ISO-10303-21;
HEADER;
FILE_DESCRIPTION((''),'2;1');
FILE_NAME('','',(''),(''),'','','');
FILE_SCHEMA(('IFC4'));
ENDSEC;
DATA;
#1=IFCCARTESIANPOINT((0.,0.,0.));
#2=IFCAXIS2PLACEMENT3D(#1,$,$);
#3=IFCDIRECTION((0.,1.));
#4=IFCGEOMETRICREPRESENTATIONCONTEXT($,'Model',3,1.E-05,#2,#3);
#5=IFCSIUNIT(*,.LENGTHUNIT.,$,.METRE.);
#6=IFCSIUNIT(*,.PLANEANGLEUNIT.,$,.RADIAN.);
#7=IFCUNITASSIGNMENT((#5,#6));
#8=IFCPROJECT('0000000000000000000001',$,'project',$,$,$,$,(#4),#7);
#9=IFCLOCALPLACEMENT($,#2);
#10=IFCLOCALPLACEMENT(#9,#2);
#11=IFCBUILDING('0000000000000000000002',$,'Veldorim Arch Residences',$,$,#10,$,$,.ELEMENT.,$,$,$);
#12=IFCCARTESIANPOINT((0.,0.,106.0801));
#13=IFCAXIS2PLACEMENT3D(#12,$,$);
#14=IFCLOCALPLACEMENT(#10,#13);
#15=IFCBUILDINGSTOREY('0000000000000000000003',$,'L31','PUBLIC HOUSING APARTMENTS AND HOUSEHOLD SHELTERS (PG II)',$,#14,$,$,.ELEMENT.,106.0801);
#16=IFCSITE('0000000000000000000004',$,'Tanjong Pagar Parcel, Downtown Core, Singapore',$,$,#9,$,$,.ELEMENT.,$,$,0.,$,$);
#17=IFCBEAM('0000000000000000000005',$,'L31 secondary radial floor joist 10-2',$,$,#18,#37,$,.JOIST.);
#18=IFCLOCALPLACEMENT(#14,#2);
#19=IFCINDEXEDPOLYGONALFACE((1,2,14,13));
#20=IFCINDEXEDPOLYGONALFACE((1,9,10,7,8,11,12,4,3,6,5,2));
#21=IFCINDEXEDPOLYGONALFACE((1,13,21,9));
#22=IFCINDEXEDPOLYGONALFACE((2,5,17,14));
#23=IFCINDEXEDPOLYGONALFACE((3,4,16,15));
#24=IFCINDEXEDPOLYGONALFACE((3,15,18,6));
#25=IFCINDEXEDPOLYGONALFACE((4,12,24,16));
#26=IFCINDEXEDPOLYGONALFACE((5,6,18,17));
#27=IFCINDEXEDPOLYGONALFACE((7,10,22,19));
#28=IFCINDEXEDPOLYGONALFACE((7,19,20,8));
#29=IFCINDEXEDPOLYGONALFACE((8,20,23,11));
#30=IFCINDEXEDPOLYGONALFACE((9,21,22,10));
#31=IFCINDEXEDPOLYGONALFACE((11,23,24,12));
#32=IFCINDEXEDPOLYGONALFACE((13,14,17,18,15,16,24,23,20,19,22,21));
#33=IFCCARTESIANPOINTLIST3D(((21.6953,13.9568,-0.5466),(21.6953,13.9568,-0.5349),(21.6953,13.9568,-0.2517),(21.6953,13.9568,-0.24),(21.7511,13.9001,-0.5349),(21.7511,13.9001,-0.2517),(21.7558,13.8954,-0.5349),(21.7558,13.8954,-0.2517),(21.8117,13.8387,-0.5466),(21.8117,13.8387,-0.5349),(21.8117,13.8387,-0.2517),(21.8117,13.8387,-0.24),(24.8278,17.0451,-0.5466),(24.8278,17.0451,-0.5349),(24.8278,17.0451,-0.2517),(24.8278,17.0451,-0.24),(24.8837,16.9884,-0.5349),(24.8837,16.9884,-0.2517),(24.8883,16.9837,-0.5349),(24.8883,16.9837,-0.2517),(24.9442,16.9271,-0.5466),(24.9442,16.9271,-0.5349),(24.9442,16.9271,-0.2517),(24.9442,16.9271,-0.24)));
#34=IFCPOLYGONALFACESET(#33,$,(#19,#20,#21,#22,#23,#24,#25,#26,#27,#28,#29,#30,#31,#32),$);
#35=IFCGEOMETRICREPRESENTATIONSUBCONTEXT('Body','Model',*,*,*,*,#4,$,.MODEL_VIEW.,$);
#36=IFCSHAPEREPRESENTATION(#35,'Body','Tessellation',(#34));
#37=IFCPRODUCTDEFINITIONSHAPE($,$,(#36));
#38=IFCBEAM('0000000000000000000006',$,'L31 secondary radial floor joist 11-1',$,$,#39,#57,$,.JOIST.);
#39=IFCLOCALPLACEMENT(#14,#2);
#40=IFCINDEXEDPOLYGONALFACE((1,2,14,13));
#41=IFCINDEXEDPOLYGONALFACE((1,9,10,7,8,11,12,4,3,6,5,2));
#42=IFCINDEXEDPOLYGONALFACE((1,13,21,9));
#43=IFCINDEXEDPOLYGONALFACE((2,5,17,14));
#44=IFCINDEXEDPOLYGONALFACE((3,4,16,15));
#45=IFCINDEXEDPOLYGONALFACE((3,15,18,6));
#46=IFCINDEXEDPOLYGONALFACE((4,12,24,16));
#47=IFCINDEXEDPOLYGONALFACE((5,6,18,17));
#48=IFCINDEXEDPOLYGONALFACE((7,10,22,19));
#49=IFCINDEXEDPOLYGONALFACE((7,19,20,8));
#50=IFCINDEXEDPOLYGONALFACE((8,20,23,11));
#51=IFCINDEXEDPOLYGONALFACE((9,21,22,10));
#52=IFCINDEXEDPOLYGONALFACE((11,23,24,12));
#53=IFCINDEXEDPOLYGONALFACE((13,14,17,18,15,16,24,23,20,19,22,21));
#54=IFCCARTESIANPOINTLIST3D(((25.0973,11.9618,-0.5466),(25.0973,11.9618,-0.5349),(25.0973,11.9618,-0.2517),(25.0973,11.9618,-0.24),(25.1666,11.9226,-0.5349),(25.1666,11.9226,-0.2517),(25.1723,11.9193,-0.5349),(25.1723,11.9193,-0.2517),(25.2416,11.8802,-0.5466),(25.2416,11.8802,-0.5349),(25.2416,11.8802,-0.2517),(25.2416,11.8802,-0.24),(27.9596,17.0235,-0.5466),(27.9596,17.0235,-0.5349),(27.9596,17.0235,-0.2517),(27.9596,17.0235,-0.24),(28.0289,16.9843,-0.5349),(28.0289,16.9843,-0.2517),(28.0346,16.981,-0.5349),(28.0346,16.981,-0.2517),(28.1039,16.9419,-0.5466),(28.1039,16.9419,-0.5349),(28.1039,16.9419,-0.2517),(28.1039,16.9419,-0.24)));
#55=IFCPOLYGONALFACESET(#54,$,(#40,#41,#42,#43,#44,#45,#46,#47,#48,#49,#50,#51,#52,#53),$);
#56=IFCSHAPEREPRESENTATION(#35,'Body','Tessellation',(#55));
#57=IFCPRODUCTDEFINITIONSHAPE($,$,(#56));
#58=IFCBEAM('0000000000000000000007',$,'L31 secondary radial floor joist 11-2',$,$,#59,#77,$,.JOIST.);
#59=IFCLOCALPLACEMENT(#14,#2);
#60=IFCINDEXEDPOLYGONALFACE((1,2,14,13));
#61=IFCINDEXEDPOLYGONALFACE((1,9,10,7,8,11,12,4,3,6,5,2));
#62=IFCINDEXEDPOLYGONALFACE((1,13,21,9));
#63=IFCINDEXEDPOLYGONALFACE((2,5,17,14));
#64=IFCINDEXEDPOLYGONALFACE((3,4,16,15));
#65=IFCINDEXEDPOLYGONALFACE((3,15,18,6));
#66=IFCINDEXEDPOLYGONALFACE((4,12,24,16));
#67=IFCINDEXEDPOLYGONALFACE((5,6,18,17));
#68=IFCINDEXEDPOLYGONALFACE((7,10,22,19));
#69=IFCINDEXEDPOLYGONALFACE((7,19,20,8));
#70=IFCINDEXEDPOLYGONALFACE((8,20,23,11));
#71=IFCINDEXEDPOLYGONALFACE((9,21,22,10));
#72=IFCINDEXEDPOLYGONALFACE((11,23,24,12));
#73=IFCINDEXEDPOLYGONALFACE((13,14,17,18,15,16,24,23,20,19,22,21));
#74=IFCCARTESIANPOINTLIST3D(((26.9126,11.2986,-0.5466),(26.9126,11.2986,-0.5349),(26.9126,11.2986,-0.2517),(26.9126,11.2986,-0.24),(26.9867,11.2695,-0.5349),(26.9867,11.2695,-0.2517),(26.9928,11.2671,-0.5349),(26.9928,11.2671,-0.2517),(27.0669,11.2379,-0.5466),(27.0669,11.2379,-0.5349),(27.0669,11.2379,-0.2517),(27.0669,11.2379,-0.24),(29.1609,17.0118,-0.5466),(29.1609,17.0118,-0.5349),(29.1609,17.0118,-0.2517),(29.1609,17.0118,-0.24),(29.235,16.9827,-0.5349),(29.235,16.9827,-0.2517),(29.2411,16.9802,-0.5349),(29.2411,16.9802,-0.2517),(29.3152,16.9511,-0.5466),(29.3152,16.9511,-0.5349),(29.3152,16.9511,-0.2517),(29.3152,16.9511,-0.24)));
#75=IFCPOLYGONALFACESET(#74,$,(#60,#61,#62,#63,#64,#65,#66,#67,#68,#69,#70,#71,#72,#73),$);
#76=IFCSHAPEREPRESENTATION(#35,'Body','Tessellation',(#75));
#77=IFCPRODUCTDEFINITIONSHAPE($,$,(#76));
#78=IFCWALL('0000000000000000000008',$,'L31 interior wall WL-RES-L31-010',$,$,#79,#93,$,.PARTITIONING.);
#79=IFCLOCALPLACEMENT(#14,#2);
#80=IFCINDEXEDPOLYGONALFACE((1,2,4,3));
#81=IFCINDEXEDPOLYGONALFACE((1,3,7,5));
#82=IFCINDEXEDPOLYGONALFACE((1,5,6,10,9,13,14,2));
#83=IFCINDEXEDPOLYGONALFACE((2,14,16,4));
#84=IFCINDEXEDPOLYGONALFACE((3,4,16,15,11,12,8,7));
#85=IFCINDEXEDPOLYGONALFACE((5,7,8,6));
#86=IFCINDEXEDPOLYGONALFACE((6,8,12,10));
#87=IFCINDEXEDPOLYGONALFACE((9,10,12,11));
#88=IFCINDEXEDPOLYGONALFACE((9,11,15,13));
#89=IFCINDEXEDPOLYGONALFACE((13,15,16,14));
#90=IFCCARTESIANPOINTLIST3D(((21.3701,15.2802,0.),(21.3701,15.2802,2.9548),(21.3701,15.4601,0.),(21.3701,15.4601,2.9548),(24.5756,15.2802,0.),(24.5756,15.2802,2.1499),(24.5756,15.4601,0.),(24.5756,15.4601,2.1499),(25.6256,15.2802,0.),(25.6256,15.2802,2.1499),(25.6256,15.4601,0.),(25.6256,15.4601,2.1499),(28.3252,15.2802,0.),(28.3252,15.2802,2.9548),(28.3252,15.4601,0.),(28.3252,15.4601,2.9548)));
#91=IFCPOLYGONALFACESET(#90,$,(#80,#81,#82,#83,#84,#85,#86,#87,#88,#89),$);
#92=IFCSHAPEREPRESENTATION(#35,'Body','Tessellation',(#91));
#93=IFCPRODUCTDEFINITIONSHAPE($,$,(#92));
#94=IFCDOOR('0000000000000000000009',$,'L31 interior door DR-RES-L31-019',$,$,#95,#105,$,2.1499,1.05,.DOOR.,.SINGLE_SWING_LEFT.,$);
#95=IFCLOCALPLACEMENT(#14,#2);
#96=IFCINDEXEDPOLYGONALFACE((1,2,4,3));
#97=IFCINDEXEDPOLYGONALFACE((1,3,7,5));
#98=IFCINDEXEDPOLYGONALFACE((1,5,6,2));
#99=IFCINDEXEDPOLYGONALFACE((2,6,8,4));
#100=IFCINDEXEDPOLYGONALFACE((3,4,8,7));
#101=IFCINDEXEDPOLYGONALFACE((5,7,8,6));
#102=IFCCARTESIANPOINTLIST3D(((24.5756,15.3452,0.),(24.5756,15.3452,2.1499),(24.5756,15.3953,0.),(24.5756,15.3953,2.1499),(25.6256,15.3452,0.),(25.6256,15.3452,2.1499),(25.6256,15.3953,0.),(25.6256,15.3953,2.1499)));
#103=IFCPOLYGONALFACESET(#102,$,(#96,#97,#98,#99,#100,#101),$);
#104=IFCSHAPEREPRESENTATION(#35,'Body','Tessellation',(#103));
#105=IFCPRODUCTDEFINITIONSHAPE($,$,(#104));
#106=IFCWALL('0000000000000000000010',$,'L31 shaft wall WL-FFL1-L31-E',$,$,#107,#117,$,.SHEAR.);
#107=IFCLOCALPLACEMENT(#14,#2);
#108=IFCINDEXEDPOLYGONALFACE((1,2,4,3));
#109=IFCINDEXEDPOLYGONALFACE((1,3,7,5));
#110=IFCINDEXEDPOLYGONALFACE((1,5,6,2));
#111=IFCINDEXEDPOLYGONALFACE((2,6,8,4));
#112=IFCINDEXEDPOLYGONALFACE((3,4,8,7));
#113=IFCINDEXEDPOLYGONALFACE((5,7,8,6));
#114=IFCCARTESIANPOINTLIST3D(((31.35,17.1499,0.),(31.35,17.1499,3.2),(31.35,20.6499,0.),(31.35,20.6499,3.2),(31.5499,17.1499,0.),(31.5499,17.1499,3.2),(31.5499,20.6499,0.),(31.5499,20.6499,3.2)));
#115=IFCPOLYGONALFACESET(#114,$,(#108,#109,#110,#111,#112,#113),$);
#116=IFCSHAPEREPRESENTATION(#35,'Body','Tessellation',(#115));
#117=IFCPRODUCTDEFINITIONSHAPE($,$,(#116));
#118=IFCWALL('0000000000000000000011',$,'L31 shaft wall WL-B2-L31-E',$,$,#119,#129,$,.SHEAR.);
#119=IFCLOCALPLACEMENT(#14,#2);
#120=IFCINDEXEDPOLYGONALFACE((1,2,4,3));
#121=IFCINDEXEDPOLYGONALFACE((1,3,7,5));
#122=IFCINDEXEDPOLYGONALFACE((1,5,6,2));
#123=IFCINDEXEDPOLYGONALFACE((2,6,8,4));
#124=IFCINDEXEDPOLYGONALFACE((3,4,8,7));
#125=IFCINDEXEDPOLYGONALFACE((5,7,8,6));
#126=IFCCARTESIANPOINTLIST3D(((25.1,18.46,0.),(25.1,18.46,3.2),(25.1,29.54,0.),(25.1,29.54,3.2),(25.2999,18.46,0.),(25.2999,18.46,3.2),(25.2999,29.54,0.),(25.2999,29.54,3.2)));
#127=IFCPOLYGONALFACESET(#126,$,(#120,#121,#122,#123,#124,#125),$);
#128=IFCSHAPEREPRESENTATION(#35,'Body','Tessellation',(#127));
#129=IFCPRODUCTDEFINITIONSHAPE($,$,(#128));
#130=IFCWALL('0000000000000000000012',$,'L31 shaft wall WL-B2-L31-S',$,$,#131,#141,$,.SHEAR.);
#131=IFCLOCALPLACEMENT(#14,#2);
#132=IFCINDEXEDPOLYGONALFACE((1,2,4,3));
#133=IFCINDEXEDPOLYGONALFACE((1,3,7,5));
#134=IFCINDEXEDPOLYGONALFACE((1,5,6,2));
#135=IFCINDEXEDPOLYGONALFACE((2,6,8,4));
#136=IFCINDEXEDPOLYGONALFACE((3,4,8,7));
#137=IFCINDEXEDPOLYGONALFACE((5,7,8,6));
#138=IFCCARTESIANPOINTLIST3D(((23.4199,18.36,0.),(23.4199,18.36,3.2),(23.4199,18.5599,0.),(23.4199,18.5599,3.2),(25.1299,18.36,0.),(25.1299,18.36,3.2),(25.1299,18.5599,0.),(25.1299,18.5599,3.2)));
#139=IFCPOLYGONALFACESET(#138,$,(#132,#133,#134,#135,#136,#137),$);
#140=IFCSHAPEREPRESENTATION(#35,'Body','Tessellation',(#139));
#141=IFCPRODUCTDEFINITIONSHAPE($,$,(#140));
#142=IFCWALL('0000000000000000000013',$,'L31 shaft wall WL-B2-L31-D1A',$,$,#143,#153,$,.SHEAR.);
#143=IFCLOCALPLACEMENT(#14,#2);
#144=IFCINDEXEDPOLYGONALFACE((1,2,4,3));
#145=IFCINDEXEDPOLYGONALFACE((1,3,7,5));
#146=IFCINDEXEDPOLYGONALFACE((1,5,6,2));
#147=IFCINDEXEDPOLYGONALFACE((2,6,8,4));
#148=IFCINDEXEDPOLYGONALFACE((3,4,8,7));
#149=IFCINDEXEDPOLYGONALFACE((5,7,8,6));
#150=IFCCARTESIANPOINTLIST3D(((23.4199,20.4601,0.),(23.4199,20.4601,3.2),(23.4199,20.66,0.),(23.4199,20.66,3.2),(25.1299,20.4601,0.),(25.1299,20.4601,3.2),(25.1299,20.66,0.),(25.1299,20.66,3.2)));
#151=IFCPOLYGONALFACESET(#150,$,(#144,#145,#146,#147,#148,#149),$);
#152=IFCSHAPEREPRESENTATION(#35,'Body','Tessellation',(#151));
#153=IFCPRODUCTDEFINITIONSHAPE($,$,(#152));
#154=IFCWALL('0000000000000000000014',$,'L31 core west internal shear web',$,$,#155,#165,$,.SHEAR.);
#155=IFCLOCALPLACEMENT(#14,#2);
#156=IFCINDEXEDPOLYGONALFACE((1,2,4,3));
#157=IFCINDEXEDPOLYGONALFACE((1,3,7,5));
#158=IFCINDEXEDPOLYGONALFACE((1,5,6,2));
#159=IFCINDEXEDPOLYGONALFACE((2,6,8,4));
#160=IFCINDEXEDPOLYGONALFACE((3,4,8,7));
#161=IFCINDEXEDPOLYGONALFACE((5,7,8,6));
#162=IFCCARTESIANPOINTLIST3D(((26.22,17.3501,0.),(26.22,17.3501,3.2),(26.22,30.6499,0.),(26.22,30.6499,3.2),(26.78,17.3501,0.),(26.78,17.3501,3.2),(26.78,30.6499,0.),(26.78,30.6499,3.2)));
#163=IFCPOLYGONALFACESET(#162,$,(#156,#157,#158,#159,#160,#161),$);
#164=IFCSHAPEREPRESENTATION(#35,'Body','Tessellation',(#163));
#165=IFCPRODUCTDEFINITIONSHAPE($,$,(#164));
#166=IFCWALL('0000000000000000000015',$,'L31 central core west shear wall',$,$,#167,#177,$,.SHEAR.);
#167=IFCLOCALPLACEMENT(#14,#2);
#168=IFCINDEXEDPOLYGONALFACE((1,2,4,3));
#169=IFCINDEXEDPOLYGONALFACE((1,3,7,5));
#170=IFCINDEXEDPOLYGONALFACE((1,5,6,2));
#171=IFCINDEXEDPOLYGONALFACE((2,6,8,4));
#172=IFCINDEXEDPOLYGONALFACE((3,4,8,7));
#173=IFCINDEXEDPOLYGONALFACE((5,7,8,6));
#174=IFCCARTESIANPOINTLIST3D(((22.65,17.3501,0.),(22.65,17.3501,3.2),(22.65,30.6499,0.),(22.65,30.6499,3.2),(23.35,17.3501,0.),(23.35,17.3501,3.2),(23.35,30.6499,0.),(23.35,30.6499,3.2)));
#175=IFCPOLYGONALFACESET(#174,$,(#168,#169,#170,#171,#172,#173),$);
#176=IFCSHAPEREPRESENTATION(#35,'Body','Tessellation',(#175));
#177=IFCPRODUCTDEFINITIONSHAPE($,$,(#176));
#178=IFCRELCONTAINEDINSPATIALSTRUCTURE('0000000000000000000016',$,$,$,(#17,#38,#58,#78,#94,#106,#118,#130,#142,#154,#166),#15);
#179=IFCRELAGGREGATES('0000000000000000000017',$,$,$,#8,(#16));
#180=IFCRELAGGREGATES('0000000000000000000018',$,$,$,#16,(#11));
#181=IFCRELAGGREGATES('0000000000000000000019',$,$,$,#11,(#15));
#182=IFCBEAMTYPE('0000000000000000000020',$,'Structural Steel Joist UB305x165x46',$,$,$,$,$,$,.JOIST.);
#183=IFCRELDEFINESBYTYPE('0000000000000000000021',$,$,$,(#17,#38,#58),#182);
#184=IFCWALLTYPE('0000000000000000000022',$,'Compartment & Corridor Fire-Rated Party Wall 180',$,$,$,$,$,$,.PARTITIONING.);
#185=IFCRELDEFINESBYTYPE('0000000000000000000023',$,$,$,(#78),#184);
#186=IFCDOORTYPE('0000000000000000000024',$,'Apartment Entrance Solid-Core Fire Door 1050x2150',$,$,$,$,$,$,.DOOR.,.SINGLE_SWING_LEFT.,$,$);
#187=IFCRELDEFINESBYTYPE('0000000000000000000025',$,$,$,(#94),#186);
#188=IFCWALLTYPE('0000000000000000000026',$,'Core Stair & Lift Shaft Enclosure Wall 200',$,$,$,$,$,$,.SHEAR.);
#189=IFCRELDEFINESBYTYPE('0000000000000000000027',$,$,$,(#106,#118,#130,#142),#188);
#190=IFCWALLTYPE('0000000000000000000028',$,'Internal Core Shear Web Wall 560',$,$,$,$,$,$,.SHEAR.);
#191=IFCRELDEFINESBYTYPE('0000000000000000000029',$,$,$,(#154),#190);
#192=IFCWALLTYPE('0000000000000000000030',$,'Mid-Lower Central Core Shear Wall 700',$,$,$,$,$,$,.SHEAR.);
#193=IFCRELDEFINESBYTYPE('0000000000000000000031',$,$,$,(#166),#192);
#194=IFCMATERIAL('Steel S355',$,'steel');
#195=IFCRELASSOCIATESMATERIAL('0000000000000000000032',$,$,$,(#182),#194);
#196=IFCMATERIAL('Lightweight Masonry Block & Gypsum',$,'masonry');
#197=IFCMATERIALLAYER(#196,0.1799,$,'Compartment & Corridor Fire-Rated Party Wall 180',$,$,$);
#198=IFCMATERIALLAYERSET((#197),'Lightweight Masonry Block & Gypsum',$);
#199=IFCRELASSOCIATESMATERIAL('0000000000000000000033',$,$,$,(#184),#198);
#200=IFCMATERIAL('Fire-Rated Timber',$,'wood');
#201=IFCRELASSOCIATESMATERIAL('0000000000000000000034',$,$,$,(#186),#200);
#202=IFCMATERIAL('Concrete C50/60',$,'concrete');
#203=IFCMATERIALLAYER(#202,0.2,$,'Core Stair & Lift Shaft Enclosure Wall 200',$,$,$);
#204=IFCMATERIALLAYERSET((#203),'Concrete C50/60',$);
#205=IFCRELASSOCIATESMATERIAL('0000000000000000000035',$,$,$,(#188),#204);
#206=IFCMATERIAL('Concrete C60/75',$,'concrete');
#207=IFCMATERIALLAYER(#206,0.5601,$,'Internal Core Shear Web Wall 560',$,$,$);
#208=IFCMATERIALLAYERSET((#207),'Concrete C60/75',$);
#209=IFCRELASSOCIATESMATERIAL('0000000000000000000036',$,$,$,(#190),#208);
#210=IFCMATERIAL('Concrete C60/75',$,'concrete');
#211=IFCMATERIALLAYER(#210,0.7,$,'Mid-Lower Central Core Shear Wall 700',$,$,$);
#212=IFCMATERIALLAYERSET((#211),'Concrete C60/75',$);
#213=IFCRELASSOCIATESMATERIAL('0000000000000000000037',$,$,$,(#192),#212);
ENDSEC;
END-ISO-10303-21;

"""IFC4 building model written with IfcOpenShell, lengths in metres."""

from ifc_helpers import new_model, si_unit, direction, frame, frame_2d, origin, origin_2d, place, context, subcontext, project, spatial, rectangle, i_section, extrude, material, layer, layer_set, material_profile, profile_set, type_object, element, fill, save


model = new_model("IFC4")

# Units and contexts
model_context = context("Model", 3, precision=1e-05, world=origin(), true_north=direction((0.0, 1.0)))
body_context = subcontext(model_context, "Body", "Model", "MODEL_VIEW")
ifc_project = project(units=[si_unit("LENGTHUNIT", "METRE"), si_unit("PLANEANGLEUNIT", "RADIAN")], contexts=[model_context])

# Site, building, storey
site_placement = place(None, origin())
site = spatial("IfcSite", under=ifc_project, at=site_placement, Name="Tanjong Pagar Parcel, Downtown Core, Singapore", CompositionType="ELEMENT", RefElevation=0.0)
building_placement = place(site_placement, origin())
building = spatial("IfcBuilding", under=site, at=building_placement, Name="Veldorim Arch Residences", CompositionType="ELEMENT")
storey_placement = place(building_placement, frame((0.0, 0.0, 106.0801)))
storey = spatial("IfcBuildingStorey", under=building, at=storey_placement, Name="L31", Description="PUBLIC HOUSING APARTMENTS AND HOUSEHOLD SHELTERS (PG II)", CompositionType="ELEMENT", Elevation=106.0801)

# Beams
ifc_material_1 = material(Name="Steel S355", Category="steel")
ifc_material_profile_1 = material_profile(ifc_material_1, i_section(OverallWidth=0.1658, OverallDepth=0.3066, WebThickness=0.0066, FlangeThickness=0.0117, at=origin_2d()), Name="UB305x165x46")
ifc_profile_set_1 = profile_set([ifc_material_profile_1], Name="Steel S355")
beam_type_1 = type_object("IfcBeamType", Name="Structural Steel Joist UB305x165x46", PredefinedType="JOIST", material=ifc_profile_set_1)
beam_1_placement = place(storey_placement, frame((24.886, 16.9861, -0.3933), z_axis=(-0.712112, -0.702066, 0.0), x_axis=(0.702066, -0.712112, 0.0)))
element("IfcBeam", 1, at=beam_1_placement, inside=storey, type_object=beam_type_1, Name="L31 secondary radial floor joist 10-2", PredefinedType="JOIST", context=body_context, shape_type="SweptSolid", body=[
    extrude(i_section(OverallWidth=0.1658, OverallDepth=0.3066, WebThickness=0.0066, FlangeThickness=0.0117, at=origin_2d()), origin(), (0.0, 0.0, 1.0), 4.3989),
])
beam_2_placement = place(storey_placement, frame((28.0317, 16.9827, -0.3933), z_axis=(-0.492227, -0.870467, 0.0), x_axis=(0.870467, -0.492227, 0.0)))
element("IfcBeam", 2, at=beam_2_placement, inside=storey, type_object=beam_type_1, Name="L31 secondary radial floor joist 11-1", PredefinedType="JOIST", context=body_context, shape_type="SweptSolid", body=[
    extrude(i_section(OverallWidth=0.1658, OverallDepth=0.3066, WebThickness=0.0066, FlangeThickness=0.0117, at=origin_2d()), origin(), (0.0, 0.0, 1.0), 5.8149),
])
beam_3_placement = place(storey_placement, frame((29.238, 16.9814, -0.3933), z_axis=(-0.366195, -0.930538, 0.0), x_axis=(0.930538, -0.366195, 0.0)))
element("IfcBeam", 3, at=beam_3_placement, inside=storey, type_object=beam_type_1, Name="L31 secondary radial floor joist 11-2", PredefinedType="JOIST", context=body_context, shape_type="SweptSolid", body=[
    extrude(i_section(OverallWidth=0.1658, OverallDepth=0.3066, WebThickness=0.0066, FlangeThickness=0.0117, at=origin_2d()), origin(), (0.0, 0.0, 1.0), 6.1396),
])

# Wall, opening, door
ifc_material_2 = material(Name="Lightweight Masonry Block & Gypsum", Category="masonry")
ifc_layer_1 = layer(ifc_material_2, 0.1799, Name="Compartment & Corridor Fire-Rated Party Wall 180")
ifc_layer_set_1 = layer_set([ifc_layer_1], Name="Lightweight Masonry Block & Gypsum")
wall_type_1 = type_object("IfcWallType", Name="Compartment & Corridor Fire-Rated Party Wall 180", PredefinedType="PARTITIONING", material=ifc_layer_set_1)
wall_1_placement = place(storey_placement, frame((28.3252, 15.3701, 0.0), z_axis=(0.0, 0.0, 1.0), x_axis=(-1.0, 0.0, 0.0)))
wall_1 = element("IfcWall", 4, at=wall_1_placement, inside=storey, type_object=wall_type_1, Name="L31 interior wall WL-RES-L31-010", PredefinedType="PARTITIONING", context=body_context, shape_type="SweptSolid", body=[
    extrude(rectangle(XDim=6.9551, YDim=0.1799, at=frame_2d((3.4775, 0.0))), origin(), (0.0, 0.0, 1.0), 2.9548),
])
opening_1_placement = place(wall_1_placement, frame((2.6997, 0.0, 0.0)))
opening_1 = element("IfcOpeningElement", 5, at=opening_1_placement, cuts=wall_1, PredefinedType="OPENING", context=body_context, shape_type="SweptSolid", body=[
    extrude(rectangle(XDim=1.05, YDim=2.1499, at=frame_2d((0.5249, 1.075))), frame((0.0, 0.0999, 0.0), z_axis=(0.0, -1.0, 0.0), x_axis=(1.0, 0.0, 0.0)), (0.0, 0.0, 1.0), 0.2),
])
ifc_material_3 = material(Name="Fire-Rated Timber", Category="wood")
door_type_1 = type_object("IfcDoorType", Name="Apartment Entrance Solid-Core Fire Door 1050x2150", OperationType="SINGLE_SWING_LEFT", PredefinedType="DOOR", material=ifc_material_3)
door_1_placement = place(opening_1_placement, origin())
door_1 = element("IfcDoor", 6, at=door_1_placement, inside=storey, type_object=door_type_1, Name="L31 interior door DR-RES-L31-019", OperationType="SINGLE_SWING_LEFT", OverallHeight=2.1499, OverallWidth=1.05, PredefinedType="DOOR", context=body_context, shape_type="SweptSolid", body=[
    extrude(rectangle(XDim=1.05, YDim=2.1499, at=frame_2d((0.5249, 1.075))), frame((0.0, 0.0249, 0.0), z_axis=(0.0, -1.0, 0.0), x_axis=(1.0, 0.0, 0.0)), (0.0, 0.0, 1.0), 0.05),
])
fill(opening_1, door_1)
ifc_material_4 = material(Name="Concrete C50/60", Category="concrete")
ifc_layer_2 = layer(ifc_material_4, 0.2, Name="Core Stair & Lift Shaft Enclosure Wall 200")
ifc_layer_set_2 = layer_set([ifc_layer_2], Name="Concrete C50/60")
wall_type_2 = type_object("IfcWallType", Name="Core Stair & Lift Shaft Enclosure Wall 200", PredefinedType="SHEAR", material=ifc_layer_set_2)

# Wall
wall_2_placement = place(storey_placement, frame((31.45, 17.1499, 0.0), z_axis=(0.0, 0.0, 1.0), x_axis=(0.0, 1.0, 0.0)))
element("IfcWall", 7, at=wall_2_placement, inside=storey, type_object=wall_type_2, Name="L31 shaft wall WL-FFL1-L31-E", PredefinedType="SHEAR", context=body_context, shape_type="SweptSolid", body=[
    extrude(rectangle(XDim=3.5, YDim=0.2, at=frame_2d((1.75, 0.0))), origin(), (0.0, 0.0, 1.0), 3.2),
])

# Walls
wall_3_placement = place(storey_placement, frame((25.2, 18.46, 0.0), z_axis=(0.0, 0.0, 1.0), x_axis=(0.0, 1.0, 0.0)))
element("IfcWall", 8, at=wall_3_placement, inside=storey, type_object=wall_type_2, Name="L31 shaft wall WL-B2-L31-E", PredefinedType="SHEAR", context=body_context, shape_type="SweptSolid", body=[
    extrude(rectangle(XDim=11.0801, YDim=0.2, at=frame_2d((5.54, 0.0))), origin(), (0.0, 0.0, 1.0), 3.2),
])
for number, where, z_axis, x_axis, name in (
    (9, (23.4199, 18.46, 0.0), (0.0, 0.0, 1.0), (1.0, 0.0, 0.0), "L31 shaft wall WL-B2-L31-S"),
    (10, (23.4199, 20.5601, 0.0), (0.0, 0.0, 1.0), (1.0, 0.0, 0.0), "L31 shaft wall WL-B2-L31-D1A"),
):
    element("IfcWall", number, at=place(storey_placement, frame(where, z_axis=z_axis, x_axis=x_axis)), inside=storey, type_object=wall_type_2, Name=name, PredefinedType="SHEAR", context=body_context, shape_type="SweptSolid", body=[
        extrude(rectangle(XDim=1.71, YDim=0.2, at=frame_2d((0.855, 0.0))), origin(), (0.0, 0.0, 1.0), 3.2),
    ])
ifc_material_5 = material(Name="Concrete C60/75", Category="concrete")
ifc_layer_3 = layer(ifc_material_5, 0.5601, Name="Internal Core Shear Web Wall 560")
ifc_layer_set_3 = layer_set([ifc_layer_3], Name="Concrete C60/75")
wall_type_3 = type_object("IfcWallType", Name="Internal Core Shear Web Wall 560", PredefinedType="SHEAR", material=ifc_layer_set_3)
wall_4_placement = place(storey_placement, frame((26.5, 17.3501, 0.0), z_axis=(0.0, 0.0, 1.0), x_axis=(0.0, 1.0, 0.0)))
element("IfcWall", 11, at=wall_4_placement, inside=storey, type_object=wall_type_3, Name="L31 core west internal shear web", PredefinedType="SHEAR", context=body_context, shape_type="SweptSolid", body=[
    extrude(rectangle(XDim=13.2998, YDim=0.5601, at=frame_2d((6.6499, 0.0))), origin(), (0.0, 0.0, 1.0), 3.2),
])
ifc_material_6 = material(Name="Concrete C60/75", Category="concrete")
ifc_layer_4 = layer(ifc_material_6, 0.7, Name="Mid-Lower Central Core Shear Wall 700")
ifc_layer_set_4 = layer_set([ifc_layer_4], Name="Concrete C60/75")
wall_type_4 = type_object("IfcWallType", Name="Mid-Lower Central Core Shear Wall 700", PredefinedType="SHEAR", material=ifc_layer_set_4)
wall_5_placement = place(storey_placement, frame((23.0, 17.3501, 0.0), z_axis=(0.0, 0.0, 1.0), x_axis=(0.0, 1.0, 0.0)))
element("IfcWall", 12, at=wall_5_placement, inside=storey, type_object=wall_type_4, Name="L31 central core west shear wall", PredefinedType="SHEAR", context=body_context, shape_type="SweptSolid", body=[
    extrude(rectangle(XDim=13.2998, YDim=0.7, at=frame_2d((6.6499, 0.0))), origin(), (0.0, 0.0, 1.0), 3.2),
])

save(model, "model.ifc")
